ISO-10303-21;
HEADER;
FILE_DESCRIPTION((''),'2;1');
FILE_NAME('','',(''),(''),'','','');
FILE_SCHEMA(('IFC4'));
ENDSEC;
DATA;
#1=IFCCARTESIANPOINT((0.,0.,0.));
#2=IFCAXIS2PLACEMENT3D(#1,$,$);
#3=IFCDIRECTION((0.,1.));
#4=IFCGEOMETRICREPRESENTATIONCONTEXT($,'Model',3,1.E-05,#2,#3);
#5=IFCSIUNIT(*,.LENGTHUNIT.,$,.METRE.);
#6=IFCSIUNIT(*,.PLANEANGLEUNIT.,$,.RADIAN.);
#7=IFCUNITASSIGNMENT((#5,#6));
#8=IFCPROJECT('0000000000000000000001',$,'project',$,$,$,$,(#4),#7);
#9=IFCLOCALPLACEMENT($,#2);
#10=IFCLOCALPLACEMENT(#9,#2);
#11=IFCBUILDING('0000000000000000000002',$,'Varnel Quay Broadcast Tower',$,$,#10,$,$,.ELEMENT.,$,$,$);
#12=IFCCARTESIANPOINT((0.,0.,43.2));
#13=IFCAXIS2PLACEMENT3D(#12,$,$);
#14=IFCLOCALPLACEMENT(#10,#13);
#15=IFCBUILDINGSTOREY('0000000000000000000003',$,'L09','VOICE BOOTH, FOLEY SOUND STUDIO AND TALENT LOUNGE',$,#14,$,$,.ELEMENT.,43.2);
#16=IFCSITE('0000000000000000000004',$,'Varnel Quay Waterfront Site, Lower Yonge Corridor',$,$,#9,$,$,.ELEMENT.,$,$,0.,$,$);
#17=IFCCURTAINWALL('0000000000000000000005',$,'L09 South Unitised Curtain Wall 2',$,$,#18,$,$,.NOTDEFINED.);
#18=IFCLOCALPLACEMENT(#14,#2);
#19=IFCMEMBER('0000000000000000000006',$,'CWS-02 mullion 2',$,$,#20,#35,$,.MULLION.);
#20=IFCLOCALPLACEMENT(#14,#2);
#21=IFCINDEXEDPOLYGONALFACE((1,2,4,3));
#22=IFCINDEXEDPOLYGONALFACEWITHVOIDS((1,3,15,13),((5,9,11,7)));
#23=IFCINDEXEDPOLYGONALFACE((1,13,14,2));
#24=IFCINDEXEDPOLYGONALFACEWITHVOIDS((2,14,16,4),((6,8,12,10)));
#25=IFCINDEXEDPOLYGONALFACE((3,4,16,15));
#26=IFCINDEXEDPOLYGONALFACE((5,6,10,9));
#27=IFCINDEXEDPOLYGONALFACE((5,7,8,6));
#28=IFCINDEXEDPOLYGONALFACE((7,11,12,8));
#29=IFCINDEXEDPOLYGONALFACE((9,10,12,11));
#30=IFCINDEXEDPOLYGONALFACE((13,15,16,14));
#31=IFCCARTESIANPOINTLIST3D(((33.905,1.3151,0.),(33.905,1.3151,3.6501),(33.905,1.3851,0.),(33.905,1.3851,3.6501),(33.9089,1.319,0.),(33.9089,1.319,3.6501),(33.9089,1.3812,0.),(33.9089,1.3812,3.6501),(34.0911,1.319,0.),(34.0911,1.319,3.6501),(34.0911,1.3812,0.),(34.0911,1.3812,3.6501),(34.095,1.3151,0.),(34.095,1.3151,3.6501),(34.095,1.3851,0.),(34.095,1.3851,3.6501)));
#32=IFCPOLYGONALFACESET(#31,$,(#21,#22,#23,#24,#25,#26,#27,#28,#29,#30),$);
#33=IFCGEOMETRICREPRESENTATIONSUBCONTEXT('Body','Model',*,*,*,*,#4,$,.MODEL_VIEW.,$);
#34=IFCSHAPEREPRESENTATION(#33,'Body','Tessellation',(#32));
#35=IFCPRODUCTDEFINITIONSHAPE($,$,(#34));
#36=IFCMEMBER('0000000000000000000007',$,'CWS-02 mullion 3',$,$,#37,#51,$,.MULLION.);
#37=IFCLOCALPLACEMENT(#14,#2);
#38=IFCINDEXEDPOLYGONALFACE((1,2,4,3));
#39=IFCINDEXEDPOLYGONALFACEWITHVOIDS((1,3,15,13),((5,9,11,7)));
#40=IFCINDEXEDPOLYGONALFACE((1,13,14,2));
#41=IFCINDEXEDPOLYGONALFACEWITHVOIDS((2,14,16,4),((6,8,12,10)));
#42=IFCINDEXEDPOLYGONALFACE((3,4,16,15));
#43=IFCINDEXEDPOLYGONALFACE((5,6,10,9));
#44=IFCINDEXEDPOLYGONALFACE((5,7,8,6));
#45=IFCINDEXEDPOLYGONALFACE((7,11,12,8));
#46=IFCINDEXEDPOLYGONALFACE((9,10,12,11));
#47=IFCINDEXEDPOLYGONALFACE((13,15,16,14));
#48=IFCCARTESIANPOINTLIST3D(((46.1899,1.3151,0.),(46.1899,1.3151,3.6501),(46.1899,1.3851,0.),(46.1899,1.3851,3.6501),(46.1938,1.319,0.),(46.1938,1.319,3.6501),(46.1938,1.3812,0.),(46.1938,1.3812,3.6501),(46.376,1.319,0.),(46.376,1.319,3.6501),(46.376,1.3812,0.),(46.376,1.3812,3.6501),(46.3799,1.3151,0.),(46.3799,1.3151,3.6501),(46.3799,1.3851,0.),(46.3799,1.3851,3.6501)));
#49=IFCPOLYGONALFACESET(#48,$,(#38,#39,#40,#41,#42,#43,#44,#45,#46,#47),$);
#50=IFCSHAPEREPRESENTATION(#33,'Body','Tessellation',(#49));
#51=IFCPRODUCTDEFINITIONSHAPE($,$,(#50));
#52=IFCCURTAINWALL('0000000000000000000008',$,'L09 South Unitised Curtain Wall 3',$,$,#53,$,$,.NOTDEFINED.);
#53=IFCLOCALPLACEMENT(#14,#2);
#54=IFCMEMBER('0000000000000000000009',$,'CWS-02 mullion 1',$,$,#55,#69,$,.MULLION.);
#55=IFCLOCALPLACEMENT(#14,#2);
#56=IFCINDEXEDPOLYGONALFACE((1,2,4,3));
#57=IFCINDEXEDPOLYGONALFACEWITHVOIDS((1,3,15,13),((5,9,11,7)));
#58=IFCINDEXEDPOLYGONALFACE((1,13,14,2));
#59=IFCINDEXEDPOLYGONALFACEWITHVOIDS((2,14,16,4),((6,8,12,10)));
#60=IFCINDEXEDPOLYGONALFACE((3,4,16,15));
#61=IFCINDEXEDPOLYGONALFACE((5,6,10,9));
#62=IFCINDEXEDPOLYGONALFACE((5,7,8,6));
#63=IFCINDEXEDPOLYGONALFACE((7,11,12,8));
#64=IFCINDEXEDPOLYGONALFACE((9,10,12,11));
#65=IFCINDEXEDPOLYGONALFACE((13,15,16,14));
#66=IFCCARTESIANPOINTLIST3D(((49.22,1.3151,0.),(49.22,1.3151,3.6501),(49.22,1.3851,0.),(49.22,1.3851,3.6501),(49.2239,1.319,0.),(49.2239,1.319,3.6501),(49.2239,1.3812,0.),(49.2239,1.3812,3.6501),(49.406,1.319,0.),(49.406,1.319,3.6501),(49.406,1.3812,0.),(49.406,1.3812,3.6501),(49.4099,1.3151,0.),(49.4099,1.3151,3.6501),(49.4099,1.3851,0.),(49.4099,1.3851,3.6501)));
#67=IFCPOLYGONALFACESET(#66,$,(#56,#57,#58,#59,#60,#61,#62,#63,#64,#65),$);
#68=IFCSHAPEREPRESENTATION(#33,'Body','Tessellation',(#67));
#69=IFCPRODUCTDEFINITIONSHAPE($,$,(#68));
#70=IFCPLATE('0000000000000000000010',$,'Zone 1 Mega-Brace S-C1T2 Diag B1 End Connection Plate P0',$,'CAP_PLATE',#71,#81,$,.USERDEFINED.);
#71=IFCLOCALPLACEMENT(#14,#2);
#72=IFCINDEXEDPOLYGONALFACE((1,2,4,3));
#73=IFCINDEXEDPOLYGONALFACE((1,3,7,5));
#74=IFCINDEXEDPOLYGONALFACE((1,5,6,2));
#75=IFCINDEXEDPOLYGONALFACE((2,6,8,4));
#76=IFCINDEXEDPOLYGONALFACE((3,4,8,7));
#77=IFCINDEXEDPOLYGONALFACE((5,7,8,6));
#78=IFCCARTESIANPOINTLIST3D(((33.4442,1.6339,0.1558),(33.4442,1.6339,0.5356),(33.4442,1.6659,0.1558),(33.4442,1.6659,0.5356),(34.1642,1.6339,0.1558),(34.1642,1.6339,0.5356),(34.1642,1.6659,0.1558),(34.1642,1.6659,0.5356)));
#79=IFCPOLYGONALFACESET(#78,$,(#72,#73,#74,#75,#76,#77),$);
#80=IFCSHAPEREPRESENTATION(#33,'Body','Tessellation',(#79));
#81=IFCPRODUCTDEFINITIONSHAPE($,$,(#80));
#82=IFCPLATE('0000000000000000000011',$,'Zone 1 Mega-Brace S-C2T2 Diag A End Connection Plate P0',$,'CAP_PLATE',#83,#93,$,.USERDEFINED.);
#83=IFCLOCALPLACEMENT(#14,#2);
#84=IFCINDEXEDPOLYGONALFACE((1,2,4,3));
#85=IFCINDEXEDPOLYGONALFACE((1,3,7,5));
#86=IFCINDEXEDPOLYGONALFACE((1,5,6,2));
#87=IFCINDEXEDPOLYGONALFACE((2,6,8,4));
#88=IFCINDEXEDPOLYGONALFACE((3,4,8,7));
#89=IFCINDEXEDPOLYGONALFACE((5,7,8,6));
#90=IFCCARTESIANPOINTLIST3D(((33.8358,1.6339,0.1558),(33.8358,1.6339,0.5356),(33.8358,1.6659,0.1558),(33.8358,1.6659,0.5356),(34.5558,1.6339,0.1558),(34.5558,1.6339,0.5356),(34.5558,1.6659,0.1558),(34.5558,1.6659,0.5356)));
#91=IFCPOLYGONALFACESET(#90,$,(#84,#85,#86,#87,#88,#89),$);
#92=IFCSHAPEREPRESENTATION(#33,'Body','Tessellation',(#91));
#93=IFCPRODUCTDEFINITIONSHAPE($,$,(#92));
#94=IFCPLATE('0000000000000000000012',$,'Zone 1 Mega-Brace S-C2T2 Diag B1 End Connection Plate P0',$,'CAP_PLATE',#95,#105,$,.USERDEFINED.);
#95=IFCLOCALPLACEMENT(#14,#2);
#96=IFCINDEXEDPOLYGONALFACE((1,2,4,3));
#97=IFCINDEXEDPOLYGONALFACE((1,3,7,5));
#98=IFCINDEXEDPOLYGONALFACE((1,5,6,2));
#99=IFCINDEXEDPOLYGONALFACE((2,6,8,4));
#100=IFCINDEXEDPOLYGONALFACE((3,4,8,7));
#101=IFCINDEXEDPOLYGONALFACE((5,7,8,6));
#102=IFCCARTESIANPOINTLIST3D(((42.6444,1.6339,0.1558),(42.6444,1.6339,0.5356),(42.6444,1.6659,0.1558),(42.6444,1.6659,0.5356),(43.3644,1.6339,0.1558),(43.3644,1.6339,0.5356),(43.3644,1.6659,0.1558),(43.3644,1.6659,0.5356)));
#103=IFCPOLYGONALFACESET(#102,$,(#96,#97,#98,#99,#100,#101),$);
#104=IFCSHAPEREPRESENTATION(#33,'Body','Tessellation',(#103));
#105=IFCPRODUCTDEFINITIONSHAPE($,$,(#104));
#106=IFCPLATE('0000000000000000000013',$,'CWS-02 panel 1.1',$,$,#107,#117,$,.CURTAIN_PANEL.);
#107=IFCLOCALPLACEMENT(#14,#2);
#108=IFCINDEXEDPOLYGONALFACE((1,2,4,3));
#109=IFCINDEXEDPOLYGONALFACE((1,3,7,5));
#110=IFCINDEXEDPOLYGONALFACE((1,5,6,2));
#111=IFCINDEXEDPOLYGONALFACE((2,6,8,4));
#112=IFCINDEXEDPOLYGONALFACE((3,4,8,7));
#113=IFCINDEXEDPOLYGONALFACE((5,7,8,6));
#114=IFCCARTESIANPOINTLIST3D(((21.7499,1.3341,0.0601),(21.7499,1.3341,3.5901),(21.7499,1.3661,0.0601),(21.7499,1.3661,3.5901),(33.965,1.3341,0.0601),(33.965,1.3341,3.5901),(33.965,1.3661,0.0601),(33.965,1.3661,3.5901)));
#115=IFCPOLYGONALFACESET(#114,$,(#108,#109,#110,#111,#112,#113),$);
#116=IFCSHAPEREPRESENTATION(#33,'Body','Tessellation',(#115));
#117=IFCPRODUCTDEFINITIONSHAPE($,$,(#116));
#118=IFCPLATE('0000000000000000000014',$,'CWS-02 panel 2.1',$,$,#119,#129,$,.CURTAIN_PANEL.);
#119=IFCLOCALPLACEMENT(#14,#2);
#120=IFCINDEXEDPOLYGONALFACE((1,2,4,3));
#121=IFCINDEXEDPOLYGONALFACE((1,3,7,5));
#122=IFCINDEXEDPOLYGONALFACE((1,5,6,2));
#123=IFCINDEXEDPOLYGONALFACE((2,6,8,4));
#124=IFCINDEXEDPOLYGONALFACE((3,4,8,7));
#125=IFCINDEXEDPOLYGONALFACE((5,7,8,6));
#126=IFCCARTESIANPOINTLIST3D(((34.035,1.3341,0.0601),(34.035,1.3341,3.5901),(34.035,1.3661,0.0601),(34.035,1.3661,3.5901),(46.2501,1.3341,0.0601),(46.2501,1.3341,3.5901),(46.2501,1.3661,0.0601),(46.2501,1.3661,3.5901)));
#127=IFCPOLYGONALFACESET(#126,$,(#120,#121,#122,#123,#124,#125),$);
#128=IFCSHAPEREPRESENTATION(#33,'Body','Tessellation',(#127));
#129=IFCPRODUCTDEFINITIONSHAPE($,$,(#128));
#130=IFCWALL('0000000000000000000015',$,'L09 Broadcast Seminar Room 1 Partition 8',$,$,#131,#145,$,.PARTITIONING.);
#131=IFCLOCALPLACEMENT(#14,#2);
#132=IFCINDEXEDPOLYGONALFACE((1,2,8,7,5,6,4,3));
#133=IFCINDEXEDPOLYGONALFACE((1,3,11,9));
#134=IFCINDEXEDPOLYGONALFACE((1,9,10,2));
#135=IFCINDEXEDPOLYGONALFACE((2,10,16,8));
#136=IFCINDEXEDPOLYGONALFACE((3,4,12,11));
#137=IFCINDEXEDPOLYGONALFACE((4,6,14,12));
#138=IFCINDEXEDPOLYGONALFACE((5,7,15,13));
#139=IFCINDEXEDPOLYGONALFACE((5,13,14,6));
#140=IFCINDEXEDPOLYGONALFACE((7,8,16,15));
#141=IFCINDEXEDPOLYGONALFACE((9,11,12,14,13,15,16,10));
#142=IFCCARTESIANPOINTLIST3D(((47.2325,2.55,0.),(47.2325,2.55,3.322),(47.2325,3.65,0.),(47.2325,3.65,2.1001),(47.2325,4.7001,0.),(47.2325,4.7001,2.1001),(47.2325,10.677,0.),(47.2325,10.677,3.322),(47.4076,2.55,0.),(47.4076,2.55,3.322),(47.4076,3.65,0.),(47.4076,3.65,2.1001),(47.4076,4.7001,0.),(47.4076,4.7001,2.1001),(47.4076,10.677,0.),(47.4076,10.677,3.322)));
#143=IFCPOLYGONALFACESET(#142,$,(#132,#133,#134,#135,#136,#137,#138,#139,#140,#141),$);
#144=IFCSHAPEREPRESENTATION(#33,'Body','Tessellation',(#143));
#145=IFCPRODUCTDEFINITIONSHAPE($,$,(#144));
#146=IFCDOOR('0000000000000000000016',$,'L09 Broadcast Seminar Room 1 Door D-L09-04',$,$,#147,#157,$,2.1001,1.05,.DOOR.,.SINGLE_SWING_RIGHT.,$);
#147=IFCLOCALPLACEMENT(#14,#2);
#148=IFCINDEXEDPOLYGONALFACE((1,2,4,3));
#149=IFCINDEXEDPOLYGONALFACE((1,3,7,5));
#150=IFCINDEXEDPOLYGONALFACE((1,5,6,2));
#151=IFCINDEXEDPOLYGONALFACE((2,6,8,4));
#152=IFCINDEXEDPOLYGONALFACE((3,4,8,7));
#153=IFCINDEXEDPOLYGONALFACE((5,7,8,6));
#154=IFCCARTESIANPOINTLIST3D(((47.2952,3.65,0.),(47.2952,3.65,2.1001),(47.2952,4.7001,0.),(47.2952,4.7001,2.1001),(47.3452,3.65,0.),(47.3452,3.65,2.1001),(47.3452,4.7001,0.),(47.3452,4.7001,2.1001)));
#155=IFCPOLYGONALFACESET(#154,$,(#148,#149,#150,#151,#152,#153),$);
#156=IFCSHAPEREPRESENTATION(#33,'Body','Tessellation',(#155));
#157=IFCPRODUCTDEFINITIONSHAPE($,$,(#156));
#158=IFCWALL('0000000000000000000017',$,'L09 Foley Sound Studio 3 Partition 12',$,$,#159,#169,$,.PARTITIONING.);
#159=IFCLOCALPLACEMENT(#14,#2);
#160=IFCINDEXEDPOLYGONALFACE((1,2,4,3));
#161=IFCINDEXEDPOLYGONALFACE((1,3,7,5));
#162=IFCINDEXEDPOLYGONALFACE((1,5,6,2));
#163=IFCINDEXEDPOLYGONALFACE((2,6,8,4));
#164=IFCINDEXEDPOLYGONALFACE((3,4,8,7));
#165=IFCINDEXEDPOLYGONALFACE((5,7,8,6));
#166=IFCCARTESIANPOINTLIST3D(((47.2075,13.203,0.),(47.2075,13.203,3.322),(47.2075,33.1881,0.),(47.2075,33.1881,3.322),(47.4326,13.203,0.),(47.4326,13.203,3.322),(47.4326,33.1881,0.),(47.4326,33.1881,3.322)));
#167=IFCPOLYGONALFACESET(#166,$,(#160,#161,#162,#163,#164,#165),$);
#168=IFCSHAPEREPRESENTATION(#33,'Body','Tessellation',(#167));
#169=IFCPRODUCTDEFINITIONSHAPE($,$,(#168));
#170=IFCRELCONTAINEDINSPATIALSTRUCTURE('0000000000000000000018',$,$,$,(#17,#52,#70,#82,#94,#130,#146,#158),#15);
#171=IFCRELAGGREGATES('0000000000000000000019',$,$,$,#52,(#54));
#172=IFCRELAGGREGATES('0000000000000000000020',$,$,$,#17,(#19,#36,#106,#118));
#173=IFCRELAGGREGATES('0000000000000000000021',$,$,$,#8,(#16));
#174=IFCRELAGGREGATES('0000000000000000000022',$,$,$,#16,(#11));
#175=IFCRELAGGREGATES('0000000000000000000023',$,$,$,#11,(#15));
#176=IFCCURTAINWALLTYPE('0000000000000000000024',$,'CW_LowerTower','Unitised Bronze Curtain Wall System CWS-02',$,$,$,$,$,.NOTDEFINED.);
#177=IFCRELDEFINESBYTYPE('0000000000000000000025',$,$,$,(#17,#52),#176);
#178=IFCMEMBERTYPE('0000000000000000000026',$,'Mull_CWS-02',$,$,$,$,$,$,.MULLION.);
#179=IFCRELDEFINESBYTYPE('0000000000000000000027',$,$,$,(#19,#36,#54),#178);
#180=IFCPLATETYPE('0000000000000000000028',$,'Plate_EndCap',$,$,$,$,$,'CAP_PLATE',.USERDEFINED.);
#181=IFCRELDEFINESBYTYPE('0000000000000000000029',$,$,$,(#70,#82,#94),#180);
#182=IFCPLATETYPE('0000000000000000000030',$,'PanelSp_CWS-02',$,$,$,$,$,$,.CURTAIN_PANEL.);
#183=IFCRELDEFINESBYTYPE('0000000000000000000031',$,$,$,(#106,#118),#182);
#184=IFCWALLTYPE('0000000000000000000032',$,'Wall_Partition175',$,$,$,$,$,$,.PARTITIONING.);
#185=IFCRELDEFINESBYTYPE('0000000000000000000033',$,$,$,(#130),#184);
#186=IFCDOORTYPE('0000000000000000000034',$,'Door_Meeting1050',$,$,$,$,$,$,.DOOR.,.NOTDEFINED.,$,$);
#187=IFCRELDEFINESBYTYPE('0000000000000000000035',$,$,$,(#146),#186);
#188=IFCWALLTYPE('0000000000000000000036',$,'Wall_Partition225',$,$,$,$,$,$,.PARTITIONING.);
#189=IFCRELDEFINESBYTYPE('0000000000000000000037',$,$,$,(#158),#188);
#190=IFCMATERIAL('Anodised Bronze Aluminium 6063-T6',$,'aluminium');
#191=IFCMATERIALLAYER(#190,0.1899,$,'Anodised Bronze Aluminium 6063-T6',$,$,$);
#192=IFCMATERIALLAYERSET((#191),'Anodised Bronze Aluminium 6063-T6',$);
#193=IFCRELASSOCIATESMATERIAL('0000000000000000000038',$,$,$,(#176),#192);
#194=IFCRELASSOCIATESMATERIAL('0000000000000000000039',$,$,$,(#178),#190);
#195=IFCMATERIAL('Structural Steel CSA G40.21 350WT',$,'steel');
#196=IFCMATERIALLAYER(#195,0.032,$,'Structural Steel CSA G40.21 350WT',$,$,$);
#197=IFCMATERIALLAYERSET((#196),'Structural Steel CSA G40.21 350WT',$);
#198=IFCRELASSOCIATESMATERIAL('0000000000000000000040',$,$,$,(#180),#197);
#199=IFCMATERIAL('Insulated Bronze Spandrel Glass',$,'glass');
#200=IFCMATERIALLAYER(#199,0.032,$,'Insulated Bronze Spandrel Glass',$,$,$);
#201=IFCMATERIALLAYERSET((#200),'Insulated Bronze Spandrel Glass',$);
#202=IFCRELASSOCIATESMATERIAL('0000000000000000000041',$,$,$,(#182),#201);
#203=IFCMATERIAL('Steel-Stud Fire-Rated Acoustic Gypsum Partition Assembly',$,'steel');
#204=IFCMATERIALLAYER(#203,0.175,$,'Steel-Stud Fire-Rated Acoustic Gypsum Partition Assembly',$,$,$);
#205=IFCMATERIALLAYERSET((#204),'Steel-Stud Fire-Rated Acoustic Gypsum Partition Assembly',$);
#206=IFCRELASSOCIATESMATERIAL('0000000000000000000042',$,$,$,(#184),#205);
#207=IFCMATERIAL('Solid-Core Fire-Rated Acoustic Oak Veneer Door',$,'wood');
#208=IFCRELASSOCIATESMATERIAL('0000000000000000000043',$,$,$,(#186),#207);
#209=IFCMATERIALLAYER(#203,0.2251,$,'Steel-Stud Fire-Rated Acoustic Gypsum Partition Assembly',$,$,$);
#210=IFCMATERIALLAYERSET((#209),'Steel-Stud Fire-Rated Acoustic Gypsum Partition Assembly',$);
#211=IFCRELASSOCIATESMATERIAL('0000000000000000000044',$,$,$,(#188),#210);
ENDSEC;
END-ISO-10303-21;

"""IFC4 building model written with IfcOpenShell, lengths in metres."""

from ifc_helpers import new_model, si_unit, direction, frame, frame_2d, origin, origin_2d, place, context, subcontext, project, spatial, rectangle, hollow_rectangle, extrude, source, transform, mapped, material, layer, layer_set, material_profile, profile_set, type_object, type_shapes, element, fill, aggregate, save


model = new_model("IFC4")

# Units and contexts
model_context = context("Model", 3, precision=1e-05, world=origin(), true_north=direction((0.0, 1.0)))
body_context = subcontext(model_context, "Body", "Model", "MODEL_VIEW")
ifc_project = project(units=[si_unit("LENGTHUNIT", "METRE"), si_unit("PLANEANGLEUNIT", "RADIAN")], contexts=[model_context])

# Site, building, storey
site_placement = place(None, origin())
site = spatial("IfcSite", under=ifc_project, at=site_placement, Name="Varnel Quay Waterfront Site, Lower Yonge Corridor", CompositionType="ELEMENT", RefElevation=0.0)
building_placement = place(site_placement, origin())
building = spatial("IfcBuilding", under=site, at=building_placement, Name="Varnel Quay Broadcast Tower", CompositionType="ELEMENT")
storey_placement = place(building_placement, frame((0.0, 0.0, 43.2)))
storey = spatial("IfcBuildingStorey", under=building, at=storey_placement, Name="L09", Description="VOICE BOOTH, FOLEY SOUND STUDIO AND TALENT LOUNGE", CompositionType="ELEMENT", Elevation=43.2)

# Shared definitions
ifc_material_1 = material(Name="Structural Steel CSA G40.21 350WT", Category="steel")

# Curtain wall, members
ifc_material_2 = material(Name="Anodised Bronze Aluminium 6063-T6", Category="aluminium")
ifc_layer_1 = layer(ifc_material_2, 0.1899, Name="Anodised Bronze Aluminium 6063-T6")
ifc_layer_set_1 = layer_set([ifc_layer_1], Name="Anodised Bronze Aluminium 6063-T6")
curtain_wall_type = type_object("IfcCurtainWallType", Name="CW_LowerTower", Description="Unitised Bronze Curtain Wall System CWS-02", PredefinedType="NOTDEFINED", material=ifc_layer_set_1)
curtain_wall_1_placement = place(storey_placement, origin())
curtain_wall_1 = element("IfcCurtainWall", 1, at=curtain_wall_1_placement, inside=storey, type_object=curtain_wall_type, Name="L09 South Unitised Curtain Wall 2", PredefinedType="NOTDEFINED")
ifc_material_profile_1 = material_profile(ifc_material_2, hollow_rectangle(XDim=0.0701, YDim=0.1899, WallThickness=0.0039, at=origin_2d()), Name="ALU70X190X4")
ifc_profile_set_1 = profile_set([ifc_material_profile_1], Name="Anodised Bronze Aluminium 6063-T6")
member_type_1 = type_object("IfcMemberType", Name="Mull_CWS-02", PredefinedType="MULLION", material=ifc_profile_set_1)
shared_shape_1 = source(origin(), body_context, "Body", "SweptSolid", [
    extrude(hollow_rectangle(XDim=0.0701, YDim=0.1899, WallThickness=0.0039, at=origin_2d()), origin(), (0.0, 0.0, 1.0), 3.6501),
])
type_shapes(member_type_1, [shared_shape_1])
member_1_placement = place(storey_placement, frame((34.0, 1.3501, 0.0), z_axis=(0.0, 0.0, 1.0), x_axis=(0.0, 1.0, 0.0)))
member_1 = element("IfcMember", 2, at=member_1_placement, type_object=member_type_1, Name="CWS-02 mullion 2", PredefinedType="MULLION", context=body_context, shape_type="MappedRepresentation", body=[
    mapped(shared_shape_1, transform((0.0, 0.0, 0.0), x_axis=(1.0, 0.0, 0.0), y_axis=(0.0, 1.0, 0.0), z_axis=(0.0, 0.0, 1.0), scale=1.0)),
])
member_2_placement = place(storey_placement, frame((46.2849, 1.3501, 0.0), z_axis=(0.0, 0.0, 1.0), x_axis=(0.0, 1.0, 0.0)))
member_2 = element("IfcMember", 3, at=member_2_placement, type_object=member_type_1, Name="CWS-02 mullion 3", PredefinedType="MULLION", context=body_context, shape_type="MappedRepresentation", body=[
    mapped(shared_shape_1, transform((0.0, 0.0, 0.0), x_axis=(1.0, 0.0, 0.0), y_axis=(0.0, 1.0, 0.0), z_axis=(0.0, 0.0, 1.0), scale=1.0)),
])

# Curtain wall, member
curtain_wall_2_placement = place(storey_placement, origin())
curtain_wall_2 = element("IfcCurtainWall", 4, at=curtain_wall_2_placement, inside=storey, type_object=curtain_wall_type, Name="L09 South Unitised Curtain Wall 3", PredefinedType="NOTDEFINED")
member_3_placement = place(storey_placement, frame((49.3149, 1.3501, 0.0), z_axis=(0.0, 0.0, 1.0), x_axis=(0.0, 1.0, 0.0)))
member_3 = element("IfcMember", 5, at=member_3_placement, type_object=member_type_1, Name="CWS-02 mullion 1", PredefinedType="MULLION", context=body_context, shape_type="MappedRepresentation", body=[
    mapped(shared_shape_1, transform((0.0, 0.0, 0.0), x_axis=(1.0, 0.0, 0.0), y_axis=(0.0, 1.0, 0.0), z_axis=(0.0, 0.0, 1.0), scale=1.0)),
])
aggregate(curtain_wall_2, [member_3])

# Plates
ifc_layer_2 = layer(ifc_material_1, 0.032, Name="Structural Steel CSA G40.21 350WT")
ifc_layer_set_2 = layer_set([ifc_layer_2], Name="Structural Steel CSA G40.21 350WT")
plate_type_1 = type_object("IfcPlateType", Name="Plate_EndCap", ElementType="CAP_PLATE", PredefinedType="USERDEFINED", material=ifc_layer_set_2)
shared_shape_2 = source(origin(), body_context, "Body", "SweptSolid", [
    extrude(rectangle(XDim=0.72, YDim=0.032, at=origin_2d()), origin(), (0.0, 0.0, 1.0), 0.3799),
])
type_shapes(plate_type_1, [shared_shape_2])
for number, where, z_axis, x_axis, name in (
    (6, (33.8042, 1.6499, 0.1558), (0.0, 0.0, 1.0), (1.0, 0.0, 0.0), "Zone 1 Mega-Brace S-C1T2 Diag B1 End Connection Plate P0"),
    (7, (34.1958, 1.6499, 0.1558), (0.0, 0.0, 1.0), (1.0, 0.0, 0.0), "Zone 1 Mega-Brace S-C2T2 Diag A End Connection Plate P0"),
    (8, (43.0044, 1.6499, 0.1558), (0.0, 0.0, 1.0), (1.0, 0.0, 0.0), "Zone 1 Mega-Brace S-C2T2 Diag B1 End Connection Plate P0"),
):
    element("IfcPlate", number, at=place(storey_placement, frame(where, z_axis=z_axis, x_axis=x_axis)), inside=storey, type_object=plate_type_1, Name=name, ObjectType="CAP_PLATE", PredefinedType="USERDEFINED", context=body_context, shape_type="MappedRepresentation", body=[
        mapped(shared_shape_2, transform((0.0, 0.0, 0.0), x_axis=(1.0, 0.0, 0.0), y_axis=(0.0, 1.0, 0.0), z_axis=(0.0, 0.0, 1.0), scale=1.0)),
    ])

# Plates
ifc_material_3 = material(Name="Insulated Bronze Spandrel Glass", Category="glass")
ifc_layer_3 = layer(ifc_material_3, 0.032, Name="Insulated Bronze Spandrel Glass")
ifc_layer_set_3 = layer_set([ifc_layer_3], Name="Insulated Bronze Spandrel Glass")
plate_type_2 = type_object("IfcPlateType", Name="PanelSp_CWS-02", PredefinedType="CURTAIN_PANEL", material=ifc_layer_set_3)
shared_shape_3 = source(origin(), body_context, "Body", "SweptSolid", [
    extrude(rectangle(XDim=12.2151, YDim=0.032, at=origin_2d()), origin(), (0.0, 0.0, 1.0), 3.53),
])
type_shapes(plate_type_2, [shared_shape_3])
plate_1_placement = place(storey_placement, frame((27.8574, 1.3501, 0.0601), z_axis=(0.0, 0.0, 1.0), x_axis=(1.0, 0.0, 0.0)))
plate_1 = element("IfcPlate", 9, at=plate_1_placement, type_object=plate_type_2, Name="CWS-02 panel 1.1", PredefinedType="CURTAIN_PANEL", context=body_context, shape_type="MappedRepresentation", body=[
    mapped(shared_shape_3, transform((0.0, 0.0, 0.0), x_axis=(1.0, 0.0, 0.0), y_axis=(0.0, 1.0, 0.0), z_axis=(0.0, 0.0, 1.0), scale=1.0)),
])
plate_2_placement = place(storey_placement, frame((40.1426, 1.3501, 0.0601), z_axis=(0.0, 0.0, 1.0), x_axis=(1.0, 0.0, 0.0)))
plate_2 = element("IfcPlate", 10, at=plate_2_placement, type_object=plate_type_2, Name="CWS-02 panel 2.1", PredefinedType="CURTAIN_PANEL", context=body_context, shape_type="MappedRepresentation", body=[
    mapped(shared_shape_3, transform((0.0, 0.0, 0.0), x_axis=(1.0, 0.0, 0.0), y_axis=(0.0, 1.0, 0.0), z_axis=(0.0, 0.0, 1.0), scale=1.0)),
])
aggregate(curtain_wall_1, [member_1, member_2, plate_1, plate_2])

# Wall, opening, door
ifc_material_4 = material(Name="Steel-Stud Fire-Rated Acoustic Gypsum Partition Assembly", Category="steel")
ifc_layer_4 = layer(ifc_material_4, 0.175, Name="Steel-Stud Fire-Rated Acoustic Gypsum Partition Assembly")
ifc_layer_set_4 = layer_set([ifc_layer_4], Name="Steel-Stud Fire-Rated Acoustic Gypsum Partition Assembly")
wall_type_1 = type_object("IfcWallType", Name="Wall_Partition175", PredefinedType="PARTITIONING", material=ifc_layer_set_4)
wall_1_placement = place(storey_placement, frame((47.3201, 2.55, 0.0), z_axis=(0.0, 0.0, 1.0), x_axis=(0.0, 1.0, 0.0)))
wall_1 = element("IfcWall", 11, at=wall_1_placement, inside=storey, type_object=wall_type_1, Name="L09 Broadcast Seminar Room 1 Partition 8", PredefinedType="PARTITIONING", context=body_context, shape_type="SweptSolid", body=[
    extrude(rectangle(XDim=8.127, YDim=0.175, at=frame_2d((4.0635, 0.0))), origin(), (0.0, 0.0, 1.0), 3.322),
])
opening_1_placement = place(wall_1_placement, frame((1.1001, 0.0, 0.0)))
opening_1 = element("IfcOpeningElement", 12, at=opening_1_placement, cuts=wall_1, PredefinedType="OPENING", context=body_context, shape_type="SweptSolid", body=[
    extrude(rectangle(XDim=1.05, YDim=2.1001, at=frame_2d((0.5249, 1.05))), frame((0.0, 0.0977, 0.0), z_axis=(0.0, -1.0, 0.0), x_axis=(1.0, 0.0, 0.0)), (0.0, 0.0, 1.0), 0.1951),
])
ifc_material_5 = material(Name="Solid-Core Fire-Rated Acoustic Oak Veneer Door", Category="wood")
door_type_1 = type_object("IfcDoorType", Name="Door_Meeting1050", OperationType="NOTDEFINED", PredefinedType="DOOR", material=ifc_material_5)
shared_shape_4 = source(origin(), body_context, "Body", "SweptSolid", [
    extrude(rectangle(XDim=1.05, YDim=2.1001, at=frame_2d((0.5249, 1.05))), frame((0.0, 0.0249, 0.0), z_axis=(0.0, -1.0, 0.0), x_axis=(1.0, 0.0, 0.0)), (0.0, 0.0, 1.0), 0.05),
])
type_shapes(door_type_1, [shared_shape_4])
door_1_placement = place(opening_1_placement, origin())
door_1 = element("IfcDoor", 13, at=door_1_placement, inside=storey, type_object=door_type_1, Name="L09 Broadcast Seminar Room 1 Door D-L09-04", OperationType="SINGLE_SWING_RIGHT", OverallHeight=2.1001, OverallWidth=1.05, PredefinedType="DOOR", context=body_context, shape_type="MappedRepresentation", body=[
    mapped(shared_shape_4, transform((0.0, 0.0, 0.0), x_axis=(1.0, 0.0, 0.0), y_axis=(0.0, 1.0, 0.0), z_axis=(0.0, 0.0, 1.0), scale=1.0)),
])
fill(opening_1, door_1)

# Wall
ifc_layer_5 = layer(ifc_material_4, 0.2251, Name="Steel-Stud Fire-Rated Acoustic Gypsum Partition Assembly")
ifc_layer_set_5 = layer_set([ifc_layer_5], Name="Steel-Stud Fire-Rated Acoustic Gypsum Partition Assembly")
wall_type_2 = type_object("IfcWallType", Name="Wall_Partition225", PredefinedType="PARTITIONING", material=ifc_layer_set_5)
wall_2_placement = place(storey_placement, frame((47.3201, 13.2029, 0.0), z_axis=(0.0, 0.0, 1.0), x_axis=(0.0, 1.0, 0.0)))
element("IfcWall", 14, at=wall_2_placement, inside=storey, type_object=wall_type_2, Name="L09 Foley Sound Studio 3 Partition 12", PredefinedType="PARTITIONING", context=body_context, shape_type="SweptSolid", body=[
    extrude(rectangle(XDim=19.9851, YDim=0.2251, at=frame_2d((9.9927, 0.0))), origin(), (0.0, 0.0, 1.0), 3.322),
])

save(model, "model.ifc")
